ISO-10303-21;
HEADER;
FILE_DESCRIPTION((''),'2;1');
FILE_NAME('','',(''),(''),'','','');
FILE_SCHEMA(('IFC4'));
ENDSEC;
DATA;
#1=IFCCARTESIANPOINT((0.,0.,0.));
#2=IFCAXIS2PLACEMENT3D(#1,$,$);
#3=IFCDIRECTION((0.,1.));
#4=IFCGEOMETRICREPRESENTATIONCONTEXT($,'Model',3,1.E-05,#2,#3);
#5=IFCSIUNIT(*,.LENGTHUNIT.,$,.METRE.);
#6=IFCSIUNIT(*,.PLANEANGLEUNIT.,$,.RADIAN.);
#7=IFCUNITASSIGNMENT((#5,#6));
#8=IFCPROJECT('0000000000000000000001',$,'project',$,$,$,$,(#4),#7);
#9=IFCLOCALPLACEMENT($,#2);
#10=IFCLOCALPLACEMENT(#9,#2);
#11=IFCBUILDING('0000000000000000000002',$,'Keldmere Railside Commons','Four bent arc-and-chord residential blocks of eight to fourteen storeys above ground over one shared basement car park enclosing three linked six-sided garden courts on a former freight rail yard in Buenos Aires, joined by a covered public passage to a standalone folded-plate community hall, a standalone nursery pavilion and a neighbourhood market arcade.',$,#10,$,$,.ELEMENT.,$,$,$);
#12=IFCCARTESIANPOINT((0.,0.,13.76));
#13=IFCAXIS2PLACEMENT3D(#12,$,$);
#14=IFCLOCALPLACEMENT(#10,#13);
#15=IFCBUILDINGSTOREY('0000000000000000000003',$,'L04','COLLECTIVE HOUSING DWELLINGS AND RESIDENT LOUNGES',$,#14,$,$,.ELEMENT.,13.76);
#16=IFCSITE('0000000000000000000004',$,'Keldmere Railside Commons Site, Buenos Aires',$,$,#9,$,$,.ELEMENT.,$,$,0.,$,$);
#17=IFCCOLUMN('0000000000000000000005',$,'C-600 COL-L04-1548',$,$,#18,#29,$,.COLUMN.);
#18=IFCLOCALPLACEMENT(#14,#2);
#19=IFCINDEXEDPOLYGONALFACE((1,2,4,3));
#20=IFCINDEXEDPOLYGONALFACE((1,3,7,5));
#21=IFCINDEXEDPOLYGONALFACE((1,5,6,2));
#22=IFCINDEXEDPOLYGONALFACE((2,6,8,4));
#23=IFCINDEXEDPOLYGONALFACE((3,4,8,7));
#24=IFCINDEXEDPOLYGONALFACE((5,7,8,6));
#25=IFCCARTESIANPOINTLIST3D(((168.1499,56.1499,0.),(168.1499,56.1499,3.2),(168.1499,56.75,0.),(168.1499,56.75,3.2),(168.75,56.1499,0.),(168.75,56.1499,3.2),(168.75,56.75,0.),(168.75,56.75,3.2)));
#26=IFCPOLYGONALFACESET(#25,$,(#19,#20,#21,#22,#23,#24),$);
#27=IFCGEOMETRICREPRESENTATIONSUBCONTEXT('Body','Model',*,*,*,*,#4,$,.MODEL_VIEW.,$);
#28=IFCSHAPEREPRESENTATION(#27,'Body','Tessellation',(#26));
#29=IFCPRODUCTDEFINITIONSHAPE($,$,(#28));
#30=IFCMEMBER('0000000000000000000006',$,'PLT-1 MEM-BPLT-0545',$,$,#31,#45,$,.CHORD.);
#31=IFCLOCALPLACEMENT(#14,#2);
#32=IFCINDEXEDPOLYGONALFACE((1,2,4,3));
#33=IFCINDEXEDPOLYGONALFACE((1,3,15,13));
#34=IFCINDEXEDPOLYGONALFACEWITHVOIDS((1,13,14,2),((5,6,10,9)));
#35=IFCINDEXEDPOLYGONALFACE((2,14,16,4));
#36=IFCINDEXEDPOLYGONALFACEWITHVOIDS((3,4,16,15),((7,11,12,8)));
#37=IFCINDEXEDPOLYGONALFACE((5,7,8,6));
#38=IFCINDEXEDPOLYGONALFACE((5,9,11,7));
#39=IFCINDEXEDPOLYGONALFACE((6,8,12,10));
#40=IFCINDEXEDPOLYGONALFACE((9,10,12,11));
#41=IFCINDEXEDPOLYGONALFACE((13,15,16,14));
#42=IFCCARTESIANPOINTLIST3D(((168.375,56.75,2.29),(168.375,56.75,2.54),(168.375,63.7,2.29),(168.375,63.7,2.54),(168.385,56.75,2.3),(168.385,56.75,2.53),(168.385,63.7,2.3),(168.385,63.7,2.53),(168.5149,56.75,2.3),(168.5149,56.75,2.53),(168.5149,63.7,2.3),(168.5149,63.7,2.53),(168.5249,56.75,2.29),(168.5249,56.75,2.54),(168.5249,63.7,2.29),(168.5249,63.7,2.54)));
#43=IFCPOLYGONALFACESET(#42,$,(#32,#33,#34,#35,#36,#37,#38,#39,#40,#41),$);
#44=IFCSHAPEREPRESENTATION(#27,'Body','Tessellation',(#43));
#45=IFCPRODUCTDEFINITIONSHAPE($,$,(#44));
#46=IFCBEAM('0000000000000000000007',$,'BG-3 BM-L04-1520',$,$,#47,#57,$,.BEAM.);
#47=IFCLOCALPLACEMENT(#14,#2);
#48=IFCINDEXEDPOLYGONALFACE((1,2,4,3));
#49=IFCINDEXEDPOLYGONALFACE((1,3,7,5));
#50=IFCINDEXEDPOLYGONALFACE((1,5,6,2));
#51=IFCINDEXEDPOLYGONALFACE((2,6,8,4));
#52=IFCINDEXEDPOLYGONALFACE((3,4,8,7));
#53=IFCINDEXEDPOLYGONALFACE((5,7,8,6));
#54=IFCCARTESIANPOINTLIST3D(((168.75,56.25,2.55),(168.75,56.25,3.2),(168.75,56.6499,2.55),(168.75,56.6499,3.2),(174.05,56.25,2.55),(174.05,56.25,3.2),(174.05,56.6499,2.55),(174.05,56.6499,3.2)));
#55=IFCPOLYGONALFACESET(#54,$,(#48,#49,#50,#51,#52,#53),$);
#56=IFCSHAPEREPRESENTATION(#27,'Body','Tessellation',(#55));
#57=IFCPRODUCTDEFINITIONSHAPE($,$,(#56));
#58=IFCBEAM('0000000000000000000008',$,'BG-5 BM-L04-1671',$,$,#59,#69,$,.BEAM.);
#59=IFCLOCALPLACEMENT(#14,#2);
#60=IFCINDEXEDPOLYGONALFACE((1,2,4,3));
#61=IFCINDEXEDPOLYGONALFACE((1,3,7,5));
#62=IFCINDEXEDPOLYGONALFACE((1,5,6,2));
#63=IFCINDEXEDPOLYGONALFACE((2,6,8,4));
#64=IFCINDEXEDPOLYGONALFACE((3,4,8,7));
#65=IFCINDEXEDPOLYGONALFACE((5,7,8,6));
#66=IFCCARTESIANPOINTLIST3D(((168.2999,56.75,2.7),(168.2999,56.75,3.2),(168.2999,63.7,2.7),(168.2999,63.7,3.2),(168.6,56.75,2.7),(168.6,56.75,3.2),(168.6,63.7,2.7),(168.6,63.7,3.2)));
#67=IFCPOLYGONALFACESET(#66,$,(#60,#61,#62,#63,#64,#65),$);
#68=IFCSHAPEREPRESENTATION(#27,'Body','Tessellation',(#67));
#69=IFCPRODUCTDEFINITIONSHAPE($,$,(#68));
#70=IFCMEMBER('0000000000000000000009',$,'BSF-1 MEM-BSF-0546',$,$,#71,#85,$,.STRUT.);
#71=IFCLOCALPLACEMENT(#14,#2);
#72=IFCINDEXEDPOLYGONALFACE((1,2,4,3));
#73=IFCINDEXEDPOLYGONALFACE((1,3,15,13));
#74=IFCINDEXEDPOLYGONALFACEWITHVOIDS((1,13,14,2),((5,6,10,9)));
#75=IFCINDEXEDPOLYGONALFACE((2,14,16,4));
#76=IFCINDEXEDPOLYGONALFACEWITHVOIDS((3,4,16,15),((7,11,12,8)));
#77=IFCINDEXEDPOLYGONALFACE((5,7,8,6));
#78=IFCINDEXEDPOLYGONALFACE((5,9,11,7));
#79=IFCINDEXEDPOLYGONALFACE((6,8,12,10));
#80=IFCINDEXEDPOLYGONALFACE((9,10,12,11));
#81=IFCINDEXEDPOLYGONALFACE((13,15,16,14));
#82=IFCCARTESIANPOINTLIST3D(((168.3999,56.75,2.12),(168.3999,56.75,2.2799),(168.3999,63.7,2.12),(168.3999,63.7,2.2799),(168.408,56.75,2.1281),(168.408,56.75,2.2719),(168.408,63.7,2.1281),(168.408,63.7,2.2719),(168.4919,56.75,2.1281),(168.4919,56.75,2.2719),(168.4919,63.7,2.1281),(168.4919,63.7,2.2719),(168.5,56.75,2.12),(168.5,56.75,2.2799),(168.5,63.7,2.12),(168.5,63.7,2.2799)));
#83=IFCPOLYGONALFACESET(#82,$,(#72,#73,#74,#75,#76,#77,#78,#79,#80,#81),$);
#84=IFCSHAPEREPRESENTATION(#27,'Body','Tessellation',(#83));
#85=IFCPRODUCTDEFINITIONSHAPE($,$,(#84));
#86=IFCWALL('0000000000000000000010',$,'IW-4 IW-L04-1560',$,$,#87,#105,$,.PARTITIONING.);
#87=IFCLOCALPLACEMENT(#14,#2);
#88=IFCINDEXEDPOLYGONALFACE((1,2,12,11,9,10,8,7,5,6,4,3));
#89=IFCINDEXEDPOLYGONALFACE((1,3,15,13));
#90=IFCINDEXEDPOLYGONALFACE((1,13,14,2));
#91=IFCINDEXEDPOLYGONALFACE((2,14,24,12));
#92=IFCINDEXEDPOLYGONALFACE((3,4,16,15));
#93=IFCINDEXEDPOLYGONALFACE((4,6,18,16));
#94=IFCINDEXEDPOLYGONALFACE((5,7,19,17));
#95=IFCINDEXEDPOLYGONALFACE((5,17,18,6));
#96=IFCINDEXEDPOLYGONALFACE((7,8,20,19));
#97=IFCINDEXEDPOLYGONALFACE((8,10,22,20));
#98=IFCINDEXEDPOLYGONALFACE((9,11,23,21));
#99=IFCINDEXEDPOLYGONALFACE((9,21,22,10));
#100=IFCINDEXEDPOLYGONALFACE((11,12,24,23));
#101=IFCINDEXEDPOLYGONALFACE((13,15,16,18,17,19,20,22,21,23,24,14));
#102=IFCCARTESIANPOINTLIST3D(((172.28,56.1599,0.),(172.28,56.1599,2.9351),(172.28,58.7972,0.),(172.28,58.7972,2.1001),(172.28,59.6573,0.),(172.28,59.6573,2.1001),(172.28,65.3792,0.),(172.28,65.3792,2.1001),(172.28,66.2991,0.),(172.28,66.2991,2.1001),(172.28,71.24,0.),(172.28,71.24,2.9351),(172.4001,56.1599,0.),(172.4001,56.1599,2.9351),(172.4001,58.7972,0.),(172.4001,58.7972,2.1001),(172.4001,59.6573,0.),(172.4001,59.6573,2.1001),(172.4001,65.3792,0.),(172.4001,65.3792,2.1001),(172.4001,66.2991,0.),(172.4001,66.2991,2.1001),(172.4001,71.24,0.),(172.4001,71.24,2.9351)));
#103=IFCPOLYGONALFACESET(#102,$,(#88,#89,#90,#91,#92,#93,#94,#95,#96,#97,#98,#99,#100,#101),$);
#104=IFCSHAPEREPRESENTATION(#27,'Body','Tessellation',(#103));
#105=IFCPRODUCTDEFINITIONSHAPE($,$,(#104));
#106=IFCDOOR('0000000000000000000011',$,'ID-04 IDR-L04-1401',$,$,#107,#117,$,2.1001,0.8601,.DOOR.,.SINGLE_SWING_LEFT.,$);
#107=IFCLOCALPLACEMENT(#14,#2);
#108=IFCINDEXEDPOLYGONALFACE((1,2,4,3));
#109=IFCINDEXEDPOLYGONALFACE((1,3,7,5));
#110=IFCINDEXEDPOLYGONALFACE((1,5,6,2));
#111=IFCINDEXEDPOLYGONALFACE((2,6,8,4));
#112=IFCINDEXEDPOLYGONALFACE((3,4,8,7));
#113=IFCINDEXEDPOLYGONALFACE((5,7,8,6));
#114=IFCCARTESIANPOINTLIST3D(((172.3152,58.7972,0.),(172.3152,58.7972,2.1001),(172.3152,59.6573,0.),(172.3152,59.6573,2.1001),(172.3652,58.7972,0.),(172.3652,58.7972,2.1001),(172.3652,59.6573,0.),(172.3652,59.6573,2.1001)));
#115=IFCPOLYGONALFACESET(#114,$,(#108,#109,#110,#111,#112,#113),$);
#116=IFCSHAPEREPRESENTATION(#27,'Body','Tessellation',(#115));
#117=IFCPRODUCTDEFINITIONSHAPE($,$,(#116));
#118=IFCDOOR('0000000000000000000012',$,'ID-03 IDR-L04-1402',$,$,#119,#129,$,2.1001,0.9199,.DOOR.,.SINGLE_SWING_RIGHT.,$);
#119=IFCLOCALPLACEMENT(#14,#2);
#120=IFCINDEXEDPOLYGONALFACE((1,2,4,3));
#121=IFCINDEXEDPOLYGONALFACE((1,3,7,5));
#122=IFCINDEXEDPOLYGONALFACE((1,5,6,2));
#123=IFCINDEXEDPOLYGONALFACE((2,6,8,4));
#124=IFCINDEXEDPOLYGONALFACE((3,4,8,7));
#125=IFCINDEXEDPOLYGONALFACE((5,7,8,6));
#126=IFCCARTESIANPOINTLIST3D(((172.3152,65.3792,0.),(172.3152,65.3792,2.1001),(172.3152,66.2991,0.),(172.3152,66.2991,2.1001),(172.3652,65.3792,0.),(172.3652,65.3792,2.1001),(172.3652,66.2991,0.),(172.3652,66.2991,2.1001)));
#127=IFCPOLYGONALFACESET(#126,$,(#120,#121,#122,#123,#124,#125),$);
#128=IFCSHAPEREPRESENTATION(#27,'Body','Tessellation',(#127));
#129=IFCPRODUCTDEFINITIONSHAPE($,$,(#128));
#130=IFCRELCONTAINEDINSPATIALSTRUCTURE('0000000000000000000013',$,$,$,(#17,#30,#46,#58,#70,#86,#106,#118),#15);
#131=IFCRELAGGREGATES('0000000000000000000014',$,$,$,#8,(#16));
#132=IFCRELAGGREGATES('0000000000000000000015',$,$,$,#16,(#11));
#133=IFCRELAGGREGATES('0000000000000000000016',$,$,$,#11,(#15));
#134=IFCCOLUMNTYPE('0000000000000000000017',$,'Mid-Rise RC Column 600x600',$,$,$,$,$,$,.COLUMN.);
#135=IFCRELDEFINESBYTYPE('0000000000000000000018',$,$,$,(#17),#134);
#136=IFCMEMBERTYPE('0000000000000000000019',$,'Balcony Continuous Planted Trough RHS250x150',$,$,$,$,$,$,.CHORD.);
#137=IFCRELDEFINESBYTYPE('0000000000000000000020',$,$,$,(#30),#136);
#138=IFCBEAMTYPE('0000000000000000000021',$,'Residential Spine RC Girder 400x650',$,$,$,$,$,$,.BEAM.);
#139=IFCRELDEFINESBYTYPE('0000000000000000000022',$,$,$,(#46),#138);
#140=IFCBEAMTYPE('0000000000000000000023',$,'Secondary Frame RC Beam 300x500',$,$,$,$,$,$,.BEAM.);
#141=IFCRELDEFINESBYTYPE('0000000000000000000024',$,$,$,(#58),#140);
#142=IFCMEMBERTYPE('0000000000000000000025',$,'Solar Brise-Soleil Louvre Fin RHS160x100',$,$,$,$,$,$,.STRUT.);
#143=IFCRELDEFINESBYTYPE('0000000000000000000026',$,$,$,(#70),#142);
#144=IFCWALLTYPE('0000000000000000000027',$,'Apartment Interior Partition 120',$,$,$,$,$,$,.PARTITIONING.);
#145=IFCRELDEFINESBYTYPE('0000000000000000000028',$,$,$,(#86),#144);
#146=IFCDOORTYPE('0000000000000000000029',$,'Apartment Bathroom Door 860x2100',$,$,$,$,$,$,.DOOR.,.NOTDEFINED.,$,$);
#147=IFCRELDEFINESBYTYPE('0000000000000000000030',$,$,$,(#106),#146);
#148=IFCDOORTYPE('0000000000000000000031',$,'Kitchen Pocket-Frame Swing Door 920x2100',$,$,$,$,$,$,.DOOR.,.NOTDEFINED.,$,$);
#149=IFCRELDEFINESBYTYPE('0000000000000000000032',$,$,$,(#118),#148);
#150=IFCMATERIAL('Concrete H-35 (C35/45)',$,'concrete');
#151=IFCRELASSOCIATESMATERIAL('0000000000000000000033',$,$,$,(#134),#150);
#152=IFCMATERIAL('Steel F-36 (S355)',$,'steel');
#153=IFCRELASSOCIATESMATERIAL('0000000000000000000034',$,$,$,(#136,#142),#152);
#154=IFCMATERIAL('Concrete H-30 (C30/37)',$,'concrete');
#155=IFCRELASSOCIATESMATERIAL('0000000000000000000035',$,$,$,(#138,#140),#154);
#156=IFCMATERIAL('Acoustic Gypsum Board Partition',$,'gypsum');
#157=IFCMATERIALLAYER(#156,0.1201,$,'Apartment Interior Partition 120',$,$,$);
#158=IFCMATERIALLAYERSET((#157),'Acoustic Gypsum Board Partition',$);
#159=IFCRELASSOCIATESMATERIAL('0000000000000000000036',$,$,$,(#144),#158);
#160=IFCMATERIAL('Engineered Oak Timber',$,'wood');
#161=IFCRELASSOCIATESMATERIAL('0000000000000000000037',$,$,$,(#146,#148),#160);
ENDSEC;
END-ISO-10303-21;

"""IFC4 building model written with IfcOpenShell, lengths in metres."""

from ifc_helpers import new_model, si_unit, direction, frame, frame_2d, origin, origin_2d, place, context, subcontext, project, spatial, rectangle, hollow_rectangle, extrude, material, layer, layer_set, material_profile, profile_set, type_object, element, fill, save


model = new_model("IFC4")

# Units and contexts
model_context = context("Model", 3, precision=1e-05, world=origin(), true_north=direction((0.0, 1.0)))
body_context = subcontext(model_context, "Body", "Model", "MODEL_VIEW")
ifc_project = project(units=[si_unit("LENGTHUNIT", "METRE"), si_unit("PLANEANGLEUNIT", "RADIAN")], contexts=[model_context])

# Site, building, storey
site_placement = place(None, origin())
site = spatial("IfcSite", under=ifc_project, at=site_placement, Name="Keldmere Railside Commons Site, Buenos Aires", CompositionType="ELEMENT", RefElevation=0.0)
building_placement = place(site_placement, origin())
building = spatial("IfcBuilding", under=site, at=building_placement, Name="Keldmere Railside Commons", Description="Four bent arc-and-chord residential blocks of eight to fourteen storeys above ground over one shared basement car park enclosing three linked six-sided garden courts on a former freight rail yard in Buenos Aires, joined by a covered public passage to a standalone folded-plate community hall, a standalone nursery pavilion and a neighbourhood market arcade.", CompositionType="ELEMENT")
storey_placement = place(building_placement, frame((0.0, 0.0, 13.76)))
storey = spatial("IfcBuildingStorey", under=building, at=storey_placement, Name="L04", Description="COLLECTIVE HOUSING DWELLINGS AND RESIDENT LOUNGES", CompositionType="ELEMENT", Elevation=13.76)

# Column
ifc_material_1 = material(Name="Concrete H-35 (C35/45)", Category="concrete")
ifc_material_profile_1 = material_profile(ifc_material_1, rectangle(XDim=0.6001, YDim=0.6001, at=origin_2d()), Name="RC-600x600")
ifc_profile_set_1 = profile_set([ifc_material_profile_1], Name="Concrete H-35 (C35/45)")
column_type = type_object("IfcColumnType", Name="Mid-Rise RC Column 600x600", PredefinedType="COLUMN", material=ifc_profile_set_1)
column_placement = place(storey_placement, frame((168.45, 56.45, 0.0), z_axis=(0.0, 0.0, 1.0), x_axis=(1.0, 0.0, 0.0)))
element("IfcColumn", 1, at=column_placement, inside=storey, type_object=column_type, Name="C-600 COL-L04-1548", PredefinedType="COLUMN", context=body_context, shape_type="SweptSolid", body=[
    extrude(rectangle(XDim=0.6001, YDim=0.6001, at=origin_2d()), origin(), (0.0, 0.0, 1.0), 3.2),
])

# Member
ifc_material_2 = material(Name="Steel F-36 (S355)", Category="steel")
ifc_material_profile_2 = material_profile(ifc_material_2, hollow_rectangle(XDim=0.1499, YDim=0.25, WallThickness=0.01, at=origin_2d()), Name="RHS-250x150x10")
ifc_profile_set_2 = profile_set([ifc_material_profile_2], Name="Steel F-36 (S355)")
member_type_1 = type_object("IfcMemberType", Name="Balcony Continuous Planted Trough RHS250x150", PredefinedType="CHORD", material=ifc_profile_set_2)
member_1_placement = place(storey_placement, frame((168.45, 56.75, 2.415), z_axis=(0.0, 1.0, 0.0), x_axis=(-1.0, 0.0, 0.0)))
element("IfcMember", 2, at=member_1_placement, inside=storey, type_object=member_type_1, Name="PLT-1 MEM-BPLT-0545", PredefinedType="CHORD", context=body_context, shape_type="SweptSolid", body=[
    extrude(hollow_rectangle(XDim=0.1499, YDim=0.25, WallThickness=0.01, at=origin_2d()), origin(), (0.0, 0.0, 1.0), 6.95),
])

# Beams
ifc_material_3 = material(Name="Concrete H-30 (C30/37)", Category="concrete")
ifc_material_profile_3 = material_profile(ifc_material_3, rectangle(XDim=0.3999, YDim=0.6499, at=origin_2d()), Name="RC-400x650")
ifc_profile_set_3 = profile_set([ifc_material_profile_3], Name="Concrete H-30 (C30/37)")
beam_type_1 = type_object("IfcBeamType", Name="Residential Spine RC Girder 400x650", PredefinedType="BEAM", material=ifc_profile_set_3)
beam_1_placement = place(storey_placement, frame((168.75, 56.45, 2.875), z_axis=(1.0, 0.0, 0.0), x_axis=(0.0, 1.0, 0.0)))
element("IfcBeam", 3, at=beam_1_placement, inside=storey, type_object=beam_type_1, Name="BG-3 BM-L04-1520", PredefinedType="BEAM", context=body_context, shape_type="SweptSolid", body=[
    extrude(rectangle(XDim=0.3999, YDim=0.6499, at=origin_2d()), origin(), (0.0, 0.0, 1.0), 5.3),
])
ifc_material_profile_4 = material_profile(ifc_material_3, rectangle(XDim=0.3, YDim=0.5, at=origin_2d()), Name="RC-300x500")
ifc_profile_set_4 = profile_set([ifc_material_profile_4], Name="Concrete H-30 (C30/37)")
beam_type_2 = type_object("IfcBeamType", Name="Secondary Frame RC Beam 300x500", PredefinedType="BEAM", material=ifc_profile_set_4)
beam_2_placement = place(storey_placement, frame((168.45, 56.75, 2.95), z_axis=(0.0, 1.0, 0.0), x_axis=(-1.0, 0.0, 0.0)))
element("IfcBeam", 4, at=beam_2_placement, inside=storey, type_object=beam_type_2, Name="BG-5 BM-L04-1671", PredefinedType="BEAM", context=body_context, shape_type="SweptSolid", body=[
    extrude(rectangle(XDim=0.3, YDim=0.5, at=origin_2d()), origin(), (0.0, 0.0, 1.0), 6.95),
])

# Member
ifc_material_profile_5 = material_profile(ifc_material_2, hollow_rectangle(XDim=0.1001, YDim=0.1599, WallThickness=0.0081, at=origin_2d()), Name="RHS-160x100x8")
ifc_profile_set_5 = profile_set([ifc_material_profile_5], Name="Steel F-36 (S355)")
member_type_2 = type_object("IfcMemberType", Name="Solar Brise-Soleil Louvre Fin RHS160x100", PredefinedType="STRUT", material=ifc_profile_set_5)
member_2_placement = place(storey_placement, frame((168.45, 56.75, 2.2), z_axis=(0.0, 1.0, 0.0), x_axis=(-1.0, 0.0, 0.0)))
element("IfcMember", 5, at=member_2_placement, inside=storey, type_object=member_type_2, Name="BSF-1 MEM-BSF-0546", PredefinedType="STRUT", context=body_context, shape_type="SweptSolid", body=[
    extrude(hollow_rectangle(XDim=0.1001, YDim=0.1599, WallThickness=0.0081, at=origin_2d()), origin(), (0.0, 0.0, 1.0), 6.95),
])

# Wall, openings, doors
ifc_material_4 = material(Name="Acoustic Gypsum Board Partition", Category="gypsum")
ifc_layer_1 = layer(ifc_material_4, 0.1201, Name="Apartment Interior Partition 120")
ifc_layer_set_1 = layer_set([ifc_layer_1], Name="Acoustic Gypsum Board Partition")
wall_type_1 = type_object("IfcWallType", Name="Apartment Interior Partition 120", PredefinedType="PARTITIONING", material=ifc_layer_set_1)
wall_1_placement = place(storey_placement, frame((172.3401, 56.1599, 0.0), z_axis=(0.0, 0.0, 1.0), x_axis=(0.0, 1.0, 0.0)))
wall_1 = element("IfcWall", 6, at=wall_1_placement, inside=storey, type_object=wall_type_1, Name="IW-4 IW-L04-1560", PredefinedType="PARTITIONING", context=body_context, shape_type="SweptSolid", body=[
    extrude(rectangle(XDim=15.0801, YDim=0.1201, at=frame_2d((7.54, 0.0))), origin(), (0.0, 0.0, 1.0), 2.9351),
])
opening_1_placement = place(wall_1_placement, frame((2.6372, 0.0, 0.0)))
opening_1 = element("IfcOpeningElement", 7, at=opening_1_placement, cuts=wall_1, PredefinedType="OPENING", context=body_context, shape_type="SweptSolid", body=[
    extrude(rectangle(XDim=0.8601, YDim=2.1001, at=frame_2d((0.4302, 1.05))), frame((0.0, 0.0701, 0.0), z_axis=(0.0, -1.0, 0.0), x_axis=(1.0, 0.0, 0.0)), (0.0, 0.0, 1.0), 0.1401),
])
opening_2_placement = place(wall_1_placement, frame((9.2192, 0.0, 0.0)))
opening_2 = element("IfcOpeningElement", 8, at=opening_2_placement, cuts=wall_1, PredefinedType="OPENING", context=body_context, shape_type="SweptSolid", body=[
    extrude(rectangle(XDim=0.9199, YDim=2.1001, at=frame_2d((0.46, 1.05))), frame((0.0, 0.0701, 0.0), z_axis=(0.0, -1.0, 0.0), x_axis=(1.0, 0.0, 0.0)), (0.0, 0.0, 1.0), 0.1401),
])
ifc_material_5 = material(Name="Engineered Oak Timber", Category="wood")
door_type_1 = type_object("IfcDoorType", Name="Apartment Bathroom Door 860x2100", OperationType="NOTDEFINED", PredefinedType="DOOR", material=ifc_material_5)
door_1_placement = place(opening_1_placement, origin())
door_1 = element("IfcDoor", 9, at=door_1_placement, inside=storey, type_object=door_type_1, Name="ID-04 IDR-L04-1401", OperationType="SINGLE_SWING_LEFT", OverallHeight=2.1001, OverallWidth=0.8601, PredefinedType="DOOR", context=body_context, shape_type="SweptSolid", body=[
    extrude(rectangle(XDim=0.8601, YDim=2.1001, at=frame_2d((0.4302, 1.05))), frame((0.0, 0.0249, 0.0), z_axis=(0.0, -1.0, 0.0), x_axis=(1.0, 0.0, 0.0)), (0.0, 0.0, 1.0), 0.05),
])
fill(opening_1, door_1)
door_type_2 = type_object("IfcDoorType", Name="Kitchen Pocket-Frame Swing Door 920x2100", OperationType="NOTDEFINED", PredefinedType="DOOR", material=ifc_material_5)
door_2_placement = place(opening_2_placement, origin())
door_2 = element("IfcDoor", 10, at=door_2_placement, inside=storey, type_object=door_type_2, Name="ID-03 IDR-L04-1402", OperationType="SINGLE_SWING_RIGHT", OverallHeight=2.1001, OverallWidth=0.9199, PredefinedType="DOOR", context=body_context, shape_type="SweptSolid", body=[
    extrude(rectangle(XDim=0.9199, YDim=2.1001, at=frame_2d((0.46, 1.05))), frame((0.0, 0.0249, 0.0), z_axis=(0.0, -1.0, 0.0), x_axis=(1.0, 0.0, 0.0)), (0.0, 0.0, 1.0), 0.05),
])
fill(opening_2, door_2)

save(model, "model.ifc")
